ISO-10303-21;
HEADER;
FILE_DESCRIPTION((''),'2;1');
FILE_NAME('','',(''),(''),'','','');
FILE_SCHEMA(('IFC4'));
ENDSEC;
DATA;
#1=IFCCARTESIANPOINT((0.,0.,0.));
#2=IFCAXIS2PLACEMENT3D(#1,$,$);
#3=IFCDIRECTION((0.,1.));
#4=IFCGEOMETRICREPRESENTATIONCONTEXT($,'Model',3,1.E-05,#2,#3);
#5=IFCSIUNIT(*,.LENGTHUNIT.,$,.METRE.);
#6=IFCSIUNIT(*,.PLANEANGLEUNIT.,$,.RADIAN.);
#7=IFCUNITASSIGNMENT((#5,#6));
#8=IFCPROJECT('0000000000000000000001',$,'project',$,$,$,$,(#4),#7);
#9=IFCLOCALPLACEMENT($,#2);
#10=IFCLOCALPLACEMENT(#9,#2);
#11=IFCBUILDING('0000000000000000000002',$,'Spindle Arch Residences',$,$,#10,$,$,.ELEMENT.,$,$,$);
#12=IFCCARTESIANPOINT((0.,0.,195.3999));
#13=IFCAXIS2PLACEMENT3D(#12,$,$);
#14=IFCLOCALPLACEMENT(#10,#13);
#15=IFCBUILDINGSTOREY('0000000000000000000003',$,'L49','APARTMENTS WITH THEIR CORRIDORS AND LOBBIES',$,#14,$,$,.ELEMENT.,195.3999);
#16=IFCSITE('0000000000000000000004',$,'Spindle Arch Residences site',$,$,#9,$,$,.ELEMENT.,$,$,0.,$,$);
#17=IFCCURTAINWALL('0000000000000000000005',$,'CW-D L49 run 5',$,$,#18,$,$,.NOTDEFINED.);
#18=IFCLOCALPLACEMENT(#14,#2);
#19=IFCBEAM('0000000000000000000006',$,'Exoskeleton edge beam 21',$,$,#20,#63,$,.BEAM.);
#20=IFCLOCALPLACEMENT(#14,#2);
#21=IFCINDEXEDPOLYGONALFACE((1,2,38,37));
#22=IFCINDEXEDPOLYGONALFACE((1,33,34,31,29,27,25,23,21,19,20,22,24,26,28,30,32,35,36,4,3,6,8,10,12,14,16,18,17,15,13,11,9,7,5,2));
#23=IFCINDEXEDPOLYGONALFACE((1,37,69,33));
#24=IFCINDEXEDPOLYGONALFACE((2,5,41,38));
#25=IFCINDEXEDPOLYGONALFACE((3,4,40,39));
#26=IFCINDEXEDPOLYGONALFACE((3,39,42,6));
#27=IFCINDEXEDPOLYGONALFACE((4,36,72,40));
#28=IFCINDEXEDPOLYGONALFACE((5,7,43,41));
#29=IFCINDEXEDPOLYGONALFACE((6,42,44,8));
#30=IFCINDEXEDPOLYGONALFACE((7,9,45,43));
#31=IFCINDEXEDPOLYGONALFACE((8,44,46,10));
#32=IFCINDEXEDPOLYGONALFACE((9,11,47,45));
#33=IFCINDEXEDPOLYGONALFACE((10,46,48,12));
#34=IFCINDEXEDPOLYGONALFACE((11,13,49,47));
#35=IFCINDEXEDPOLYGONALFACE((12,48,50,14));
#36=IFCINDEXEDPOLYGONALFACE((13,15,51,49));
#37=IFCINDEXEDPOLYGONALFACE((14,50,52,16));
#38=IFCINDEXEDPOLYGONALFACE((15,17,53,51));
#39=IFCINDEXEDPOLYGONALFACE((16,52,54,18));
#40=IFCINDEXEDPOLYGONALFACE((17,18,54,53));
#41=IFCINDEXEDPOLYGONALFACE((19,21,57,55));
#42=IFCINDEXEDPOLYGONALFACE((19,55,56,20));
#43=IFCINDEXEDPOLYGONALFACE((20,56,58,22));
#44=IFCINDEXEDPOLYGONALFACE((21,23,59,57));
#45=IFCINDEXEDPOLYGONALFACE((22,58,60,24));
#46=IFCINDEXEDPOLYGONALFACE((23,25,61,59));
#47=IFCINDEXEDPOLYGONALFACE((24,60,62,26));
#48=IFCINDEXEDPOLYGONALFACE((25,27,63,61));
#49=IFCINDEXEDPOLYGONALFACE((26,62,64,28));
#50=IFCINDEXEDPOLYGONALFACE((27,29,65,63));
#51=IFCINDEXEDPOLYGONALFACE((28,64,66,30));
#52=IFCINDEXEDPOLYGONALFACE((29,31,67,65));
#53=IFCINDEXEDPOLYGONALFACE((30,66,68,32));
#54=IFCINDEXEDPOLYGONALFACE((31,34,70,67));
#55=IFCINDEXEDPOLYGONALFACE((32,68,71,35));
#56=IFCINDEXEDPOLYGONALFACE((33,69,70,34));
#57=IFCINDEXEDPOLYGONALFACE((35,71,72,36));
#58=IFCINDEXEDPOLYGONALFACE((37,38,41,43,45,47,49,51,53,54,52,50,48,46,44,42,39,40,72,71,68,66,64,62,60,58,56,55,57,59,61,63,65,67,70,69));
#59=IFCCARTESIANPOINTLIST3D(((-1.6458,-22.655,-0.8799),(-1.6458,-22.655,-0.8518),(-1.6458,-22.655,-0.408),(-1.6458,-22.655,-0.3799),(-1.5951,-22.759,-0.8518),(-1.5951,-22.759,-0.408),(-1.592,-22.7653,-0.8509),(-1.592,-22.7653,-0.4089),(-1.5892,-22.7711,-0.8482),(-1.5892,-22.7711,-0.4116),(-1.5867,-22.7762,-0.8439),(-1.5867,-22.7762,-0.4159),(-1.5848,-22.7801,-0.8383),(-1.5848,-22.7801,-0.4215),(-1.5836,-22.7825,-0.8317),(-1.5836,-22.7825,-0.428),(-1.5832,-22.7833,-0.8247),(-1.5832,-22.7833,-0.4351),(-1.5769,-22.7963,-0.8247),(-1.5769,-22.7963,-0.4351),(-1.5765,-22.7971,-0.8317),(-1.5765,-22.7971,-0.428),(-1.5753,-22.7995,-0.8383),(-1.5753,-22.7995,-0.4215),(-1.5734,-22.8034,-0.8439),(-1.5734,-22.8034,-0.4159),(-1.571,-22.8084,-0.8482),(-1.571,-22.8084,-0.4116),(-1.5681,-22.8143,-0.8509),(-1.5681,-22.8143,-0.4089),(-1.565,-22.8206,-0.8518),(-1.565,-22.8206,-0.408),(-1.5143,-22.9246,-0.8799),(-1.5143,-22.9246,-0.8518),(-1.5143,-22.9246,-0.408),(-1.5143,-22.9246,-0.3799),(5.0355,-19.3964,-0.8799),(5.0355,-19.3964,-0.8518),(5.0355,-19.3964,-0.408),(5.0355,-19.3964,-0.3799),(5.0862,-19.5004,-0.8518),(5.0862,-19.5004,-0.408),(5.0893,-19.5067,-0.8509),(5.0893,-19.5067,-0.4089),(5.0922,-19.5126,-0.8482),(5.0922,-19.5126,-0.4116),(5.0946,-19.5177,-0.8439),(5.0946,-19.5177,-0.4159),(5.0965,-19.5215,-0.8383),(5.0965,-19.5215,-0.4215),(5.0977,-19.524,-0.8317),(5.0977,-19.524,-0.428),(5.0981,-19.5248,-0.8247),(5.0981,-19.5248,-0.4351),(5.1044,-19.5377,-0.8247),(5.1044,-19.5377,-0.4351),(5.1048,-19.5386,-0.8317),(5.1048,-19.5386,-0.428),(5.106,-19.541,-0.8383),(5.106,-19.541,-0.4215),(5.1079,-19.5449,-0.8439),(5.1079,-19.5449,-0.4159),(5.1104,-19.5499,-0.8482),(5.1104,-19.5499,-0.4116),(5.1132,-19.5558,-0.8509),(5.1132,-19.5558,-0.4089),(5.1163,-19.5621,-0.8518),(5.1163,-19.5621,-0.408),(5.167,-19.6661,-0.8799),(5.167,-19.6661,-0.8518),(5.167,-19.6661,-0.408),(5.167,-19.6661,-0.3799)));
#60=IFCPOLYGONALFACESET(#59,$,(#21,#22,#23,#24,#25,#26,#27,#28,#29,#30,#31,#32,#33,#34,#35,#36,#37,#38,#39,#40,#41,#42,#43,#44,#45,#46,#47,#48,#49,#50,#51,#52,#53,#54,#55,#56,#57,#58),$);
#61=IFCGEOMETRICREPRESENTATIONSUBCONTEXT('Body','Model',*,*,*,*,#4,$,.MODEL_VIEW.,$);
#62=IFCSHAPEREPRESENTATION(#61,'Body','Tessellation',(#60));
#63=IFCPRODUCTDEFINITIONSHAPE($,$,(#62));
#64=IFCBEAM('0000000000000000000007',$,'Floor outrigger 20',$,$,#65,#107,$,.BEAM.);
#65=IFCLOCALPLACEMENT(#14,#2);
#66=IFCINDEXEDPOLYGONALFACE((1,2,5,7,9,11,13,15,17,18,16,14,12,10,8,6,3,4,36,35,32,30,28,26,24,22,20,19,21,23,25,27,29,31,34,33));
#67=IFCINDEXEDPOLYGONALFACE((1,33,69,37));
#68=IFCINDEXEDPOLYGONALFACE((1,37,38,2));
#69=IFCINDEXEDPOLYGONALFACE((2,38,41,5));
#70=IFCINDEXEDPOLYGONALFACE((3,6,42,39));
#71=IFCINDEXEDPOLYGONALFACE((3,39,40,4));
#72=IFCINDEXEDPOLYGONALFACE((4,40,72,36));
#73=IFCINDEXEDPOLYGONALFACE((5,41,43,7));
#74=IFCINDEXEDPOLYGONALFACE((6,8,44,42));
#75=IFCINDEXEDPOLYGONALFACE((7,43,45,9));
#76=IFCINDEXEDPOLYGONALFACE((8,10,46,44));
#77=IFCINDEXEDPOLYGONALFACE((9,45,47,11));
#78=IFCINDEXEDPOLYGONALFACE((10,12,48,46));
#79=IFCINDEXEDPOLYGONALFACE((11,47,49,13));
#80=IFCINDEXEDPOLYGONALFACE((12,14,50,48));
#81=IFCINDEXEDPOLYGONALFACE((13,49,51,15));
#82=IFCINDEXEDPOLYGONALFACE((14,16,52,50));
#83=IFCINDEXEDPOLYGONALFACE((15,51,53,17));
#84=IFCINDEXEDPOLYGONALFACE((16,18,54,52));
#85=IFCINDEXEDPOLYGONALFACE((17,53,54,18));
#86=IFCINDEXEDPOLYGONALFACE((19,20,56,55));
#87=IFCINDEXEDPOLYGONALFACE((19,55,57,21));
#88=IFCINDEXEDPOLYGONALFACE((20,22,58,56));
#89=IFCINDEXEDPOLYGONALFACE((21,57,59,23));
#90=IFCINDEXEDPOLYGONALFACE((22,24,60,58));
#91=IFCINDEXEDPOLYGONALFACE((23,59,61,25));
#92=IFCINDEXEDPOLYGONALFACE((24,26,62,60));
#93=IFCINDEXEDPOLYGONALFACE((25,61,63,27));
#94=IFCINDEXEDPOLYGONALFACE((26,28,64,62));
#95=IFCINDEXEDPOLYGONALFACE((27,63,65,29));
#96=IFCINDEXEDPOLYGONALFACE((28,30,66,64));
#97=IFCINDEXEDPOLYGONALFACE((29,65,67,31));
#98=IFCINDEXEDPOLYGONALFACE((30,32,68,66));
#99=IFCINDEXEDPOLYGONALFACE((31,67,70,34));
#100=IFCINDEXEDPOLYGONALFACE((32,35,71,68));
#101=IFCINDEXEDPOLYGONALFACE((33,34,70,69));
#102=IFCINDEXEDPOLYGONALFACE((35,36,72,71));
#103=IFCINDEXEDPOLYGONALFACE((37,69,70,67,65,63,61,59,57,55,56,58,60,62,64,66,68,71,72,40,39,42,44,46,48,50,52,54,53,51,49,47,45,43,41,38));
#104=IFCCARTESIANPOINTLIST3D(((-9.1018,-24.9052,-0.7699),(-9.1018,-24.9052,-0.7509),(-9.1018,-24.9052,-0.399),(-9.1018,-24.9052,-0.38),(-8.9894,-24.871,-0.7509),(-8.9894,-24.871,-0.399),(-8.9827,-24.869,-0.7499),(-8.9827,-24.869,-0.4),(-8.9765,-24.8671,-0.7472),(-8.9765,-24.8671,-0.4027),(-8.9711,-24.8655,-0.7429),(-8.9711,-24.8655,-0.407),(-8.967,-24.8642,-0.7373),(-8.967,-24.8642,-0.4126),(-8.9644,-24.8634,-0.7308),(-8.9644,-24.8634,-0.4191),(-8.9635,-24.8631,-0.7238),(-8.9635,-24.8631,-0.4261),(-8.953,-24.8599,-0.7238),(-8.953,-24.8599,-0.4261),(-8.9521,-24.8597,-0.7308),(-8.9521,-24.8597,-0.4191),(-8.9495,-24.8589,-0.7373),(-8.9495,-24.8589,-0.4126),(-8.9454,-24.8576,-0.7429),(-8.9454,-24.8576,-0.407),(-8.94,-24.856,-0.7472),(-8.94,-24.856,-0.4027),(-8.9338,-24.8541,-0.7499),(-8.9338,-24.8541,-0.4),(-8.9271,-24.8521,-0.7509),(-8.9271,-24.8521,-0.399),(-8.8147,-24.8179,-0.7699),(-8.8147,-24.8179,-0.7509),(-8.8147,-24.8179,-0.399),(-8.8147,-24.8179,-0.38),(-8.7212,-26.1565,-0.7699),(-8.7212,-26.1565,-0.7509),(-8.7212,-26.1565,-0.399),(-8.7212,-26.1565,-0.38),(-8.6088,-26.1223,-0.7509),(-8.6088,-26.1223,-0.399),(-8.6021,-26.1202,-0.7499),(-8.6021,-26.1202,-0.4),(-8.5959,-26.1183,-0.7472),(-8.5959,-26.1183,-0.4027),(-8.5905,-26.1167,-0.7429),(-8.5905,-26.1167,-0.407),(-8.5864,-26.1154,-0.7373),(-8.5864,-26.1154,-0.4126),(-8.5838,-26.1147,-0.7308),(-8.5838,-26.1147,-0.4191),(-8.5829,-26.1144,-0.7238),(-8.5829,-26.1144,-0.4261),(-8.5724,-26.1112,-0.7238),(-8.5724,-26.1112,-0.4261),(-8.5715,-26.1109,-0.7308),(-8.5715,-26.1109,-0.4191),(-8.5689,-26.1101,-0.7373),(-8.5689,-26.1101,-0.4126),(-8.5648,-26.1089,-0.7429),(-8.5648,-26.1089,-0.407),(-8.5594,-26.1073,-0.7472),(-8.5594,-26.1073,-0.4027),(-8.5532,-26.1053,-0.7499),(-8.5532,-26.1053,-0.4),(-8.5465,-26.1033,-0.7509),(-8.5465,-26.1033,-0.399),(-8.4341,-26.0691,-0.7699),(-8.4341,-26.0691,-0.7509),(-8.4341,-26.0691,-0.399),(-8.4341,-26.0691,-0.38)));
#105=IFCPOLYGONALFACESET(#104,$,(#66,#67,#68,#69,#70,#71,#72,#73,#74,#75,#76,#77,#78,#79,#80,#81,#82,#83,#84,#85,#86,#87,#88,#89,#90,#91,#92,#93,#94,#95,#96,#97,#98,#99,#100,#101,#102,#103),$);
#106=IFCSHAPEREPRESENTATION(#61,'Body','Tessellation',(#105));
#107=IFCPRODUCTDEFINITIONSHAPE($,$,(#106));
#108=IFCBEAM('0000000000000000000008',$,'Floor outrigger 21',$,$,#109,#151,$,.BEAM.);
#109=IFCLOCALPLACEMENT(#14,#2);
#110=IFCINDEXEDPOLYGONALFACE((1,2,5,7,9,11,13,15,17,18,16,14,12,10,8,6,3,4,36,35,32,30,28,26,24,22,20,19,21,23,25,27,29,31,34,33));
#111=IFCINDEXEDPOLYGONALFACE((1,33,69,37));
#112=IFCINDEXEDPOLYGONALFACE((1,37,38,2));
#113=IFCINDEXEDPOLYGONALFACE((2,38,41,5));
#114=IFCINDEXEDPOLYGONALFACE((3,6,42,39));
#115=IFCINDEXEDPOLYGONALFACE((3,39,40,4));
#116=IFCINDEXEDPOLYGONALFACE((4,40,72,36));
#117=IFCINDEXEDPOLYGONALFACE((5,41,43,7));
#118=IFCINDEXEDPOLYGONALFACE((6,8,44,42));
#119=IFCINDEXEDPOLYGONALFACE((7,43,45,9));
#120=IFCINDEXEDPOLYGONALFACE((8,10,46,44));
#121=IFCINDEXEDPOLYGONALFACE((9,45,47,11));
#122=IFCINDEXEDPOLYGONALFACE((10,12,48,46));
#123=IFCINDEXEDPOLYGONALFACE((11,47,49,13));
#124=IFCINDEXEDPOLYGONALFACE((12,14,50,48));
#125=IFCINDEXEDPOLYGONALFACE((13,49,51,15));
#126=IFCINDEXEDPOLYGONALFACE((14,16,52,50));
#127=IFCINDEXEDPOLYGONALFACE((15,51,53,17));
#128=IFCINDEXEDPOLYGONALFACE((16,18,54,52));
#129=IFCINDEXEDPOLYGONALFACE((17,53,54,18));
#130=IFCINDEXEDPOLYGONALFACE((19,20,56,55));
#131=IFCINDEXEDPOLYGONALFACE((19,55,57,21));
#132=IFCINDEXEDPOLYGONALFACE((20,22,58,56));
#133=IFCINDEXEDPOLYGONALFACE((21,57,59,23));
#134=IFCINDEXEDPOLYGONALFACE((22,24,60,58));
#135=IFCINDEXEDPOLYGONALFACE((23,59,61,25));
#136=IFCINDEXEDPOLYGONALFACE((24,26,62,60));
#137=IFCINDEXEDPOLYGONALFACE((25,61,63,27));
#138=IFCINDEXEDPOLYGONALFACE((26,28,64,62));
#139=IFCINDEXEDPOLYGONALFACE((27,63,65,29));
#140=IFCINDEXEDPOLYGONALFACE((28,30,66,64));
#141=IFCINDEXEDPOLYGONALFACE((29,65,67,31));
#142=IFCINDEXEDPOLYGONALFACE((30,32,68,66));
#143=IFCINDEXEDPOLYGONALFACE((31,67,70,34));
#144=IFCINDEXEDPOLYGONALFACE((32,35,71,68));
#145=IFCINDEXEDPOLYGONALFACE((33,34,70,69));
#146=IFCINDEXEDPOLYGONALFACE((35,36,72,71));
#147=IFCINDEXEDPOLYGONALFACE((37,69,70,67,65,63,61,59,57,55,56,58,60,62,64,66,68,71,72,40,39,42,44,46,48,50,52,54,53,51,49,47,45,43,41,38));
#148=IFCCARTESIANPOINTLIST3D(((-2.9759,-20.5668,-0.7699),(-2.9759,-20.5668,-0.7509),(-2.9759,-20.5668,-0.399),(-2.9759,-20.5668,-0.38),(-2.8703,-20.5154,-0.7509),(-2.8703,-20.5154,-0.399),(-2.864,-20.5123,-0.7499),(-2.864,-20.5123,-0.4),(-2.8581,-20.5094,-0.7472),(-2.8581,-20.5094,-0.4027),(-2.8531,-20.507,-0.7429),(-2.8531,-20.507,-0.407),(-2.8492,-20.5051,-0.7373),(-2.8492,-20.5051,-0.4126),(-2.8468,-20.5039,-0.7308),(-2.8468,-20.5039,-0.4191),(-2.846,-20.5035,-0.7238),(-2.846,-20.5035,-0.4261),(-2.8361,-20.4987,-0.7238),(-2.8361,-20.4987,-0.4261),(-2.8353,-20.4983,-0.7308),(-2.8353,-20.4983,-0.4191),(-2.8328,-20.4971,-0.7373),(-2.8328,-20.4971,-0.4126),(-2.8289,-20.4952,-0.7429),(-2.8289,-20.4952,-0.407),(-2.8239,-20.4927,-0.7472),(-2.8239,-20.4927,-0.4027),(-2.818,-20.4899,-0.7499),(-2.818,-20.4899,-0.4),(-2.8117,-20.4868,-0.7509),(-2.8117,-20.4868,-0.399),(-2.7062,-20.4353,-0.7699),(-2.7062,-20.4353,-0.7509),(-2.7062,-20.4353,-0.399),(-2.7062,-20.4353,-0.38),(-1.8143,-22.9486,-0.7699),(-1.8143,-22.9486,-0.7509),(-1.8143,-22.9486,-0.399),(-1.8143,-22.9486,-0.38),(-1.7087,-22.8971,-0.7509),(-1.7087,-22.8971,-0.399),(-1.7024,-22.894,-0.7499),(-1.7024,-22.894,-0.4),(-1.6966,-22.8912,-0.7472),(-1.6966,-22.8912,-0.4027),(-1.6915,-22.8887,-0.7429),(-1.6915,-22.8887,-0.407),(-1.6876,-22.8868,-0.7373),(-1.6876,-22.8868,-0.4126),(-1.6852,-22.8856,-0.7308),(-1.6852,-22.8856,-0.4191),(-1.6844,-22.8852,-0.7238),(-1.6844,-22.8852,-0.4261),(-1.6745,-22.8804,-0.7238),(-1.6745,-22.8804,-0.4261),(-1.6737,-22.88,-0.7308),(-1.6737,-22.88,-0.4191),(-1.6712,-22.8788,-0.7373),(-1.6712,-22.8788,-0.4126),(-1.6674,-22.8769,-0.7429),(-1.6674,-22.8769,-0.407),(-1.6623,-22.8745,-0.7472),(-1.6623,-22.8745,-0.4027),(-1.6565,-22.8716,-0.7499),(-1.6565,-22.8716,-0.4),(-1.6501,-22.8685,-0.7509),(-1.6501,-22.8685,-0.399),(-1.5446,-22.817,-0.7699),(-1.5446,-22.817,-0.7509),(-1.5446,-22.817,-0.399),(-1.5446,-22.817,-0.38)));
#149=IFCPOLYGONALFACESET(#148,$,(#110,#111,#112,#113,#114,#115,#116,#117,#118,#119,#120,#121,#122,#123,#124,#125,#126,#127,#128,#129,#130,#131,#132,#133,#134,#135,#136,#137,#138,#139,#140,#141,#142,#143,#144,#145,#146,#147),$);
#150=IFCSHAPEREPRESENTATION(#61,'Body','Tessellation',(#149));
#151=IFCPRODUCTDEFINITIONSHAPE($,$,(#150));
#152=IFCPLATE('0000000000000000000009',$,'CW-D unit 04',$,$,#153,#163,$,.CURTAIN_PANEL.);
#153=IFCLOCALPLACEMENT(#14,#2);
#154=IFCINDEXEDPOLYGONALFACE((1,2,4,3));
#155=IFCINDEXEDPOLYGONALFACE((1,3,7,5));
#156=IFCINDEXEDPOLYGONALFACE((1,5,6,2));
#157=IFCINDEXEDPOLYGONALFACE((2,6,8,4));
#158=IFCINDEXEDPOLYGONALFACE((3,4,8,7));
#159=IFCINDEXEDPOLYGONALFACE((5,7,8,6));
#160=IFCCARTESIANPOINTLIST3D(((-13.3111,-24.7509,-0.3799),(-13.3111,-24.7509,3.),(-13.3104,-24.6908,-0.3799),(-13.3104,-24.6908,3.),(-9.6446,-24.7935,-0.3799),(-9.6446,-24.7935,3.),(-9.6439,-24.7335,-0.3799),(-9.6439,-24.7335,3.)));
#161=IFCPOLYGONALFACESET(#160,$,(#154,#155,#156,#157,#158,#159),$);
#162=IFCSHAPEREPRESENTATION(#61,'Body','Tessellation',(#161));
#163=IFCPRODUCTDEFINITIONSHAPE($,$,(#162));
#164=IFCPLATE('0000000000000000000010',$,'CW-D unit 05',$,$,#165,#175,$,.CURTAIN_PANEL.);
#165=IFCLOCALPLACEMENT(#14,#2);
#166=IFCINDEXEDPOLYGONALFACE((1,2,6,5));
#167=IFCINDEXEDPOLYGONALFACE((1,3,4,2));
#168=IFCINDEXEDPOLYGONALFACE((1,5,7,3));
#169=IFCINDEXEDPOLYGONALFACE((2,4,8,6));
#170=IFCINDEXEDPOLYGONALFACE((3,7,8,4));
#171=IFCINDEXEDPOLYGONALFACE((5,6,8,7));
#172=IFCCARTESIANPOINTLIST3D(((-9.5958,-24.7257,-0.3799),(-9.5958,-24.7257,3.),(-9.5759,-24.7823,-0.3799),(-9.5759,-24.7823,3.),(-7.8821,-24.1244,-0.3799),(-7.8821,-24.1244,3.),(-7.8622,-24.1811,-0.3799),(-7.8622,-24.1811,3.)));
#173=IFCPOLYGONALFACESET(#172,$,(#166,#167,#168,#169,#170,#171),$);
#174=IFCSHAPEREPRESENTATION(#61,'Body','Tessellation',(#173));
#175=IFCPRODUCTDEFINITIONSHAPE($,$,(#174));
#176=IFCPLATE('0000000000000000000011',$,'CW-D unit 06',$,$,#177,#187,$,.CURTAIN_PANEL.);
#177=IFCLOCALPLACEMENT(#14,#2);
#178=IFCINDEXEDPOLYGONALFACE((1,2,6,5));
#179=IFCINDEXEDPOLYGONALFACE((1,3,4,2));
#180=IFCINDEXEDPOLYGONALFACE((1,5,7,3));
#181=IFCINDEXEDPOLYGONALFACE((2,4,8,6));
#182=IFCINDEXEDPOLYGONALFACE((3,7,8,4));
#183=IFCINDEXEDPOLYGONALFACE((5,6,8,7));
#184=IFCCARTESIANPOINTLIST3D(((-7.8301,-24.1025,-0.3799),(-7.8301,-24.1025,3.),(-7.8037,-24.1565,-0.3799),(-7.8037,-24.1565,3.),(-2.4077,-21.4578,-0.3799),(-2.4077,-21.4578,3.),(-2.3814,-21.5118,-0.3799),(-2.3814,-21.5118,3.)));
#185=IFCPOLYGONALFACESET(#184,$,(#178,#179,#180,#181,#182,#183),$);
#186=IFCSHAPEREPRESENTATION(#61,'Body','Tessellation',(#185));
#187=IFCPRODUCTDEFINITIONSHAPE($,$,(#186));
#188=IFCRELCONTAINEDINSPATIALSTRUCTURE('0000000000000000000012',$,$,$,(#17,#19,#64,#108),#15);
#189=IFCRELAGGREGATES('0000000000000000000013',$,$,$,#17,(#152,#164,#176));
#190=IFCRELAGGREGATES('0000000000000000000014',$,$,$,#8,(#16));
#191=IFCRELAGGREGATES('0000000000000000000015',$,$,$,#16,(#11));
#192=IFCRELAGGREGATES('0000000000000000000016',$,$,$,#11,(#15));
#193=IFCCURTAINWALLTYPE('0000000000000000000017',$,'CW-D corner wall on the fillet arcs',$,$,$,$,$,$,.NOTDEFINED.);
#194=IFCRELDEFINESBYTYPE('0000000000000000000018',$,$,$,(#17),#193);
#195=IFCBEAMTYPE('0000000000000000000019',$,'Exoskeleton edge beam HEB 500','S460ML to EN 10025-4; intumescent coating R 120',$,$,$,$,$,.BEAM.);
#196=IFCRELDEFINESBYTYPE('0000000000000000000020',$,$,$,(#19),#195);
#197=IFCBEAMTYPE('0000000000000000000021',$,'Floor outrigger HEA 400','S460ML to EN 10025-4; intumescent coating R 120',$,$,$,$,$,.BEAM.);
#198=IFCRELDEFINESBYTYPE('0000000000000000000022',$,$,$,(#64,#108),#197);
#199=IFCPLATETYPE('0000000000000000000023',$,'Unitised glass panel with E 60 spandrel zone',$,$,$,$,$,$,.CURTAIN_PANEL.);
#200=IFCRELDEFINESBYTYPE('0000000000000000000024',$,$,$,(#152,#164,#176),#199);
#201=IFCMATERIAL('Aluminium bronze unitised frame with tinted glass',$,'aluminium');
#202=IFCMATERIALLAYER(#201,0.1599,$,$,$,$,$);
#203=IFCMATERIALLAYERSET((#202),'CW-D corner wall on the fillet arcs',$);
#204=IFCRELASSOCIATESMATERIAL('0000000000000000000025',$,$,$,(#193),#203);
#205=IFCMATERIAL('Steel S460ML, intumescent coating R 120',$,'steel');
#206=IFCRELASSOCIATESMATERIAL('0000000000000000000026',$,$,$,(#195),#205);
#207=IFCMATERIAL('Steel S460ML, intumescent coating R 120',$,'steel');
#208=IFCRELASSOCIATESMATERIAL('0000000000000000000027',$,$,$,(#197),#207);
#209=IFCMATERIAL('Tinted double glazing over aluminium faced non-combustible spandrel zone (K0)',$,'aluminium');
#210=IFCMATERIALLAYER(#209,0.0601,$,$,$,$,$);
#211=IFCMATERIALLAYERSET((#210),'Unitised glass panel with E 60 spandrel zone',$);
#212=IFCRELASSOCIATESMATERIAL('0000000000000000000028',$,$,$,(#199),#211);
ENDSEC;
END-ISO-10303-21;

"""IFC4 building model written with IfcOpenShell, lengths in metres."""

from ifc_helpers import new_model, si_unit, direction, frame, origin, origin_2d, place, context, subcontext, project, spatial, rectangle, i_section, extrude, material, layer, layer_set, material_profile, profile_set, type_object, element, aggregate, save


model = new_model("IFC4")

# Units and contexts
model_context = context("Model", 3, precision=1e-05, world=origin(), true_north=direction((0.0, 1.0)))
body_context = subcontext(model_context, "Body", "Model", "MODEL_VIEW")
ifc_project = project(units=[si_unit("LENGTHUNIT", "METRE"), si_unit("PLANEANGLEUNIT", "RADIAN")], contexts=[model_context])

# Site, building, storey
site_placement = place(None, origin())
site = spatial("IfcSite", under=ifc_project, at=site_placement, Name="Spindle Arch Residences site", CompositionType="ELEMENT", RefElevation=0.0)
building_placement = place(site_placement, origin())
building = spatial("IfcBuilding", under=site, at=building_placement, Name="Spindle Arch Residences", CompositionType="ELEMENT")
storey_placement = place(building_placement, frame((0.0, 0.0, 195.3999)))
storey = spatial("IfcBuildingStorey", under=building, at=storey_placement, Name="L49", Description="APARTMENTS WITH THEIR CORRIDORS AND LOBBIES", CompositionType="ELEMENT", Elevation=195.3999)

# Curtain wall
ifc_material_1 = material(Name="Aluminium bronze unitised frame with tinted glass", Category="aluminium")
ifc_layer_1 = layer(ifc_material_1, 0.1599)
ifc_layer_set_1 = layer_set([ifc_layer_1], Name="CW-D corner wall on the fillet arcs")
curtain_wall_type_1 = type_object("IfcCurtainWallType", Name="CW-D corner wall on the fillet arcs", PredefinedType="NOTDEFINED", material=ifc_layer_set_1)
curtain_wall_1_placement = place(storey_placement, origin())
curtain_wall_1 = element("IfcCurtainWall", 1, at=curtain_wall_1_placement, inside=storey, type_object=curtain_wall_type_1, Name="CW-D L49 run 5", PredefinedType="NOTDEFINED")

# Beams
ifc_material_2 = material(Name="Steel S460ML, intumescent coating R 120", Category="steel")
ifc_material_profile_1 = material_profile(ifc_material_2, i_section(OverallWidth=0.3, OverallDepth=0.5, WebThickness=0.0144, FlangeThickness=0.0281, FilletRadius=0.0271, at=origin_2d()), Name="HEB 500")
ifc_profile_set_1 = profile_set([ifc_material_profile_1], Name="Steel S460ML, intumescent coating R 120")
beam_type_1 = type_object("IfcBeamType", Name="Exoskeleton edge beam HEB 500", Description="S460ML to EN 10025-4; intumescent coating R 120", PredefinedType="BEAM", material=ifc_profile_set_1)
beam_1_placement = place(storey_placement, frame((-1.5801, -22.7898, -0.6299), z_axis=(0.898804, 0.438351, 0.0), x_axis=(-0.438351, 0.898804, 0.0)))
element("IfcBeam", 2, at=beam_1_placement, inside=storey, type_object=beam_type_1, Name="Exoskeleton edge beam 21", PredefinedType="BEAM", context=body_context, shape_type="SweptSolid", body=[
    extrude(i_section(OverallWidth=0.3, OverallDepth=0.5, WebThickness=0.0144, FlangeThickness=0.0281, FilletRadius=0.0271, at=origin_2d()), origin(), (0.0, 0.0, 1.0), 7.4336),
])
ifc_material_3 = material(Name="Steel S460ML, intumescent coating R 120", Category="steel")
ifc_material_profile_2 = material_profile(ifc_material_3, i_section(OverallWidth=0.3, OverallDepth=0.3899, WebThickness=0.011, FlangeThickness=0.019, FilletRadius=0.0271, at=origin_2d()), Name="HEA 400")
ifc_profile_set_2 = profile_set([ifc_material_profile_2], Name="Steel S460ML, intumescent coating R 120")
beam_type_2 = type_object("IfcBeamType", Name="Floor outrigger HEA 400", Description="S460ML to EN 10025-4; intumescent coating R 120", PredefinedType="BEAM", material=ifc_profile_set_2)
beam_2_placement = place(storey_placement, frame((-8.5776, -26.1128, -0.575), z_axis=(-0.291028, 0.956715, 0.0), x_axis=(-0.956715, -0.291028, 0.0)))
element("IfcBeam", 3, at=beam_2_placement, inside=storey, type_object=beam_type_2, Name="Floor outrigger 20", PredefinedType="BEAM", context=body_context, shape_type="SweptSolid", body=[
    extrude(i_section(OverallWidth=0.3, OverallDepth=0.3899, WebThickness=0.011, FlangeThickness=0.019, FilletRadius=0.0271, at=origin_2d()), origin(), (0.0, 0.0, 1.0), 1.3079),
])
beam_3_placement = place(storey_placement, frame((-1.6794, -22.8828, -0.575), z_axis=(-0.438347, 0.898806, 0.0), x_axis=(-0.898806, -0.438347, 0.0)))
element("IfcBeam", 4, at=beam_3_placement, inside=storey, type_object=beam_type_2, Name="Floor outrigger 21", PredefinedType="BEAM", context=body_context, shape_type="SweptSolid", body=[
    extrude(i_section(OverallWidth=0.3, OverallDepth=0.3899, WebThickness=0.011, FlangeThickness=0.019, FilletRadius=0.0271, at=origin_2d()), origin(), (0.0, 0.0, 1.0), 2.6499),
])

# Plates
ifc_material_4 = material(Name="Tinted double glazing over aluminium faced non-combustible spandrel zone (K0)", Category="aluminium")
ifc_layer_2 = layer(ifc_material_4, 0.0601)
ifc_layer_set_2 = layer_set([ifc_layer_2], Name="Unitised glass panel with E 60 spandrel zone")
plate_type = type_object("IfcPlateType", Name="Unitised glass panel with E 60 spandrel zone", PredefinedType="CURTAIN_PANEL", material=ifc_layer_set_2)
plate_1_placement = place(storey_placement, frame((-11.4775, -24.7422, -0.3799), z_axis=(0.0, 0.0, 1.0), x_axis=(0.999932, -0.011635, 0.0)))
plate_1 = element("IfcPlate", 5, at=plate_1_placement, type_object=plate_type, Name="CW-D unit 04", PredefinedType="CURTAIN_PANEL", context=body_context, shape_type="SweptSolid", body=[
    extrude(rectangle(XDim=3.6667, YDim=0.0601, at=origin_2d()), origin(), (0.0, 0.0, 1.0), 3.3799),
])
plate_2_placement = place(storey_placement, frame((-8.729, -24.4534, -0.3799), z_axis=(0.0, 0.0, 1.0), x_axis=(0.943609, 0.331063, 0.0)))
plate_2 = element("IfcPlate", 6, at=plate_2_placement, type_object=plate_type, Name="CW-D unit 05", PredefinedType="CURTAIN_PANEL", context=body_context, shape_type="SweptSolid", body=[
    extrude(rectangle(XDim=1.8162, YDim=0.0601, at=origin_2d()), origin(), (0.0, 0.0, 1.0), 3.3799),
])
plate_3_placement = place(storey_placement, frame((-5.1057, -22.8071, -0.3799), z_axis=(0.0, 0.0, 1.0), x_axis=(0.898794, 0.438371, 0.0)))
plate_3 = element("IfcPlate", 7, at=plate_3_placement, type_object=plate_type, Name="CW-D unit 06", PredefinedType="CURTAIN_PANEL", context=body_context, shape_type="SweptSolid", body=[
    extrude(rectangle(XDim=6.033, YDim=0.0601, at=origin_2d()), origin(), (0.0, 0.0, 1.0), 3.3799),
])
aggregate(curtain_wall_1, [plate_1, plate_2, plate_3])

save(model, "model.ifc")
